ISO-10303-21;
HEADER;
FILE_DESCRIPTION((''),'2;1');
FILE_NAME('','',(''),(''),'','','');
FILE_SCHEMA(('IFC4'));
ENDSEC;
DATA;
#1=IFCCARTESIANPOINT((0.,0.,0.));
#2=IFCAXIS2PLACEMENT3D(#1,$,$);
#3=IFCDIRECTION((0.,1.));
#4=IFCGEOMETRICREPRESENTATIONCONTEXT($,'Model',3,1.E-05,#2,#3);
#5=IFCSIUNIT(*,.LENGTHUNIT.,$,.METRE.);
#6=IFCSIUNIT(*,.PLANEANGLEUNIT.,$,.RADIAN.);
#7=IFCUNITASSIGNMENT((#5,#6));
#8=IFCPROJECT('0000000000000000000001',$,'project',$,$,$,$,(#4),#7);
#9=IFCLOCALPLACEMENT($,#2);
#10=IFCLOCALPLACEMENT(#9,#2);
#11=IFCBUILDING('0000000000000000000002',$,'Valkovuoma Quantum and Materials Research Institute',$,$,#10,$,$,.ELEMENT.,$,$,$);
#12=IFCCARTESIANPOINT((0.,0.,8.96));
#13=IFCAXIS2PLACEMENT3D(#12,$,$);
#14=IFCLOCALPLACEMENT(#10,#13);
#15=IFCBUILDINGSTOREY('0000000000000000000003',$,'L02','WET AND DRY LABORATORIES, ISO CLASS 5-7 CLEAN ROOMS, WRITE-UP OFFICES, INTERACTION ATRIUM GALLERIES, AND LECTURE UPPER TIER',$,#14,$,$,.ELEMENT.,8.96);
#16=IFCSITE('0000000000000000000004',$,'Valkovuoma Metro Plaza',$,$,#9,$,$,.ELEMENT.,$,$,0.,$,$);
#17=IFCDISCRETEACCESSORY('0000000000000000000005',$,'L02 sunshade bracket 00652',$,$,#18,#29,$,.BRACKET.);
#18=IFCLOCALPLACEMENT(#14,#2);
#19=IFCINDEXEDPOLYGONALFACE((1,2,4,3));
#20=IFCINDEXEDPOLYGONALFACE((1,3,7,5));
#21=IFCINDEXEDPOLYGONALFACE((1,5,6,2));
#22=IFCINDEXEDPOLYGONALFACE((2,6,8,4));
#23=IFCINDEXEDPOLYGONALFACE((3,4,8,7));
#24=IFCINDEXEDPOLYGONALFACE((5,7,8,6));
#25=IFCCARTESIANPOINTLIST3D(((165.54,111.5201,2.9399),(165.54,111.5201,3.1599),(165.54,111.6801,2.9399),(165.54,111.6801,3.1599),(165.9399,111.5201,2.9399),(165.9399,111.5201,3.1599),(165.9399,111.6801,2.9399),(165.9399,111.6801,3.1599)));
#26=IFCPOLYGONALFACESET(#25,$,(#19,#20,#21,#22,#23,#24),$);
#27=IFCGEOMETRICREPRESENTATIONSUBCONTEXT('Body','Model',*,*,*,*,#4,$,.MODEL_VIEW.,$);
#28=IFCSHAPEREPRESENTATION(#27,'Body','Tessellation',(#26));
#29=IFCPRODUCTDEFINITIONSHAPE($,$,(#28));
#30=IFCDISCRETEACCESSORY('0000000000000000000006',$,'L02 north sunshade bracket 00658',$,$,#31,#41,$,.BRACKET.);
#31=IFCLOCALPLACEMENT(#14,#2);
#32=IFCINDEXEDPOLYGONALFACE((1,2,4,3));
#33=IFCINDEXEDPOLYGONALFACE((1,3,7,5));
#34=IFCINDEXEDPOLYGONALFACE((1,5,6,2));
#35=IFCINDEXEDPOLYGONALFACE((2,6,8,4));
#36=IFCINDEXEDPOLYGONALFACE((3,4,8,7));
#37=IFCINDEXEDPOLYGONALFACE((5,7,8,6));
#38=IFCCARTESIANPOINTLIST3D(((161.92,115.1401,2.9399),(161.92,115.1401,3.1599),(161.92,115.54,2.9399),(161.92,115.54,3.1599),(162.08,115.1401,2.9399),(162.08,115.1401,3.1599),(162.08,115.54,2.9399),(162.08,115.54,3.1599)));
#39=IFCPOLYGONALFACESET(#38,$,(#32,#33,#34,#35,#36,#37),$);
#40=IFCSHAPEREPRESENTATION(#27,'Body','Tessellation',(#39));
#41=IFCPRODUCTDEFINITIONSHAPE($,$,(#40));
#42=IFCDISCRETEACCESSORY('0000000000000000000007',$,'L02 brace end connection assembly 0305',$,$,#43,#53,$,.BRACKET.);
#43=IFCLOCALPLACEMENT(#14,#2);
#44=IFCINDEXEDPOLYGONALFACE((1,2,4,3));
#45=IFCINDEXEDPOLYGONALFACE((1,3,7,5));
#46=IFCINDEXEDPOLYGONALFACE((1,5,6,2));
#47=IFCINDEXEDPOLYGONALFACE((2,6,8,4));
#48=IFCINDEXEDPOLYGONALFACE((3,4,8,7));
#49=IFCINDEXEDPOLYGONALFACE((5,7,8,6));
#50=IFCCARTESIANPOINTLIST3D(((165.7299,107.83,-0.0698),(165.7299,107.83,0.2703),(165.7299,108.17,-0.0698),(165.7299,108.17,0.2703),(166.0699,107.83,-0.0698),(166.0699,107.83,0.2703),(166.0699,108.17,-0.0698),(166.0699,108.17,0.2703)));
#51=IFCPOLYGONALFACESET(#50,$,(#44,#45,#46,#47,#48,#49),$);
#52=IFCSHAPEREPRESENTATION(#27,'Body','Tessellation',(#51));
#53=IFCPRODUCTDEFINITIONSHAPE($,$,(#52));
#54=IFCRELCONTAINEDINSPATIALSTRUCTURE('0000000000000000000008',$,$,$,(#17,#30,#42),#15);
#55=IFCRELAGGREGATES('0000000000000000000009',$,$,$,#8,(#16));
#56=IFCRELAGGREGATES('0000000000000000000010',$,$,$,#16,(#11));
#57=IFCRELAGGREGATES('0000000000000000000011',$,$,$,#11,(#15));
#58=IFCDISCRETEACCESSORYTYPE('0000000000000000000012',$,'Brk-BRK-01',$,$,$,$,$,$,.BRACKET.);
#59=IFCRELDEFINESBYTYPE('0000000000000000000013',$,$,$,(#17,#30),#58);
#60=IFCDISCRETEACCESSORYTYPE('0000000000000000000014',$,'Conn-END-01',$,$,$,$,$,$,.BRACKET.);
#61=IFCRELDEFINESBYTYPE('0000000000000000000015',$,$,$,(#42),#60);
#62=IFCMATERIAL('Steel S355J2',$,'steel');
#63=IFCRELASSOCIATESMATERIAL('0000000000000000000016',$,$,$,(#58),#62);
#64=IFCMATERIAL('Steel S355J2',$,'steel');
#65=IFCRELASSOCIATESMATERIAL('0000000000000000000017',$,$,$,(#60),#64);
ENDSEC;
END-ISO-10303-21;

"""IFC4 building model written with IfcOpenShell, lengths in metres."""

from ifc_helpers import new_model, si_unit, direction, frame, origin, origin_2d, place, context, subcontext, project, spatial, rectangle, extrude, material, type_object, element, save


model = new_model("IFC4")

# Units and contexts
model_context = context("Model", 3, precision=1e-05, world=origin(), true_north=direction((0.0, 1.0)))
body_context = subcontext(model_context, "Body", "Model", "MODEL_VIEW")
ifc_project = project(units=[si_unit("LENGTHUNIT", "METRE"), si_unit("PLANEANGLEUNIT", "RADIAN")], contexts=[model_context])

# Site, building, storey
site_placement = place(None, origin())
site = spatial("IfcSite", under=ifc_project, at=site_placement, Name="Valkovuoma Metro Plaza", CompositionType="ELEMENT", RefElevation=0.0)
building_placement = place(site_placement, origin())
building = spatial("IfcBuilding", under=site, at=building_placement, Name="Valkovuoma Quantum and Materials Research Institute", CompositionType="ELEMENT")
storey_placement = place(building_placement, frame((0.0, 0.0, 8.96)))
storey = spatial("IfcBuildingStorey", under=building, at=storey_placement, Name="L02", Description="WET AND DRY LABORATORIES, ISO CLASS 5-7 CLEAN ROOMS, WRITE-UP OFFICES, INTERACTION ATRIUM GALLERIES, AND LECTURE UPPER TIER", CompositionType="ELEMENT", Elevation=8.96)

# Discrete accessories
ifc_material_1 = material(Name="Steel S355J2", Category="steel")
discrete_accessory_type_1 = type_object("IfcDiscreteAccessoryType", Name="Brk-BRK-01", PredefinedType="BRACKET", material=ifc_material_1)
discrete_accessory_1_placement = place(storey_placement, frame((165.74, 111.6001, 2.9399), z_axis=(0.0, 0.0, 1.0), x_axis=(1.0, 0.0, 0.0)))
element("IfcDiscreteAccessory", 1, at=discrete_accessory_1_placement, inside=storey, type_object=discrete_accessory_type_1, Name="L02 sunshade bracket 00652", PredefinedType="BRACKET", context=body_context, shape_type="SweptSolid", body=[
    extrude(rectangle(XDim=0.3999, YDim=0.1599, at=origin_2d()), origin(), (0.0, 0.0, 1.0), 0.22),
])
discrete_accessory_2_placement = place(storey_placement, frame((162.0, 115.3401, 2.9399), z_axis=(0.0, 0.0, 1.0), x_axis=(1.0, 0.0, 0.0)))
element("IfcDiscreteAccessory", 2, at=discrete_accessory_2_placement, inside=storey, type_object=discrete_accessory_type_1, Name="L02 north sunshade bracket 00658", PredefinedType="BRACKET", context=body_context, shape_type="SweptSolid", body=[
    extrude(rectangle(XDim=0.1599, YDim=0.3999, at=origin_2d()), origin(), (0.0, 0.0, 1.0), 0.22),
])
ifc_material_2 = material(Name="Steel S355J2", Category="steel")
discrete_accessory_type_2 = type_object("IfcDiscreteAccessoryType", Name="Conn-END-01", PredefinedType="BRACKET", material=ifc_material_2)
discrete_accessory_3_placement = place(storey_placement, frame((165.8999, 108.0, -0.0698), z_axis=(0.0, 0.0, 1.0), x_axis=(1.0, 0.0, 0.0)))
element("IfcDiscreteAccessory", 3, at=discrete_accessory_3_placement, inside=storey, type_object=discrete_accessory_type_2, Name="L02 brace end connection assembly 0305", PredefinedType="BRACKET", context=body_context, shape_type="SweptSolid", body=[
    extrude(rectangle(XDim=0.3401, YDim=0.3401, at=origin_2d()), origin(), (0.0, 0.0, 1.0), 0.3401),
])

save(model, "model.ifc")
